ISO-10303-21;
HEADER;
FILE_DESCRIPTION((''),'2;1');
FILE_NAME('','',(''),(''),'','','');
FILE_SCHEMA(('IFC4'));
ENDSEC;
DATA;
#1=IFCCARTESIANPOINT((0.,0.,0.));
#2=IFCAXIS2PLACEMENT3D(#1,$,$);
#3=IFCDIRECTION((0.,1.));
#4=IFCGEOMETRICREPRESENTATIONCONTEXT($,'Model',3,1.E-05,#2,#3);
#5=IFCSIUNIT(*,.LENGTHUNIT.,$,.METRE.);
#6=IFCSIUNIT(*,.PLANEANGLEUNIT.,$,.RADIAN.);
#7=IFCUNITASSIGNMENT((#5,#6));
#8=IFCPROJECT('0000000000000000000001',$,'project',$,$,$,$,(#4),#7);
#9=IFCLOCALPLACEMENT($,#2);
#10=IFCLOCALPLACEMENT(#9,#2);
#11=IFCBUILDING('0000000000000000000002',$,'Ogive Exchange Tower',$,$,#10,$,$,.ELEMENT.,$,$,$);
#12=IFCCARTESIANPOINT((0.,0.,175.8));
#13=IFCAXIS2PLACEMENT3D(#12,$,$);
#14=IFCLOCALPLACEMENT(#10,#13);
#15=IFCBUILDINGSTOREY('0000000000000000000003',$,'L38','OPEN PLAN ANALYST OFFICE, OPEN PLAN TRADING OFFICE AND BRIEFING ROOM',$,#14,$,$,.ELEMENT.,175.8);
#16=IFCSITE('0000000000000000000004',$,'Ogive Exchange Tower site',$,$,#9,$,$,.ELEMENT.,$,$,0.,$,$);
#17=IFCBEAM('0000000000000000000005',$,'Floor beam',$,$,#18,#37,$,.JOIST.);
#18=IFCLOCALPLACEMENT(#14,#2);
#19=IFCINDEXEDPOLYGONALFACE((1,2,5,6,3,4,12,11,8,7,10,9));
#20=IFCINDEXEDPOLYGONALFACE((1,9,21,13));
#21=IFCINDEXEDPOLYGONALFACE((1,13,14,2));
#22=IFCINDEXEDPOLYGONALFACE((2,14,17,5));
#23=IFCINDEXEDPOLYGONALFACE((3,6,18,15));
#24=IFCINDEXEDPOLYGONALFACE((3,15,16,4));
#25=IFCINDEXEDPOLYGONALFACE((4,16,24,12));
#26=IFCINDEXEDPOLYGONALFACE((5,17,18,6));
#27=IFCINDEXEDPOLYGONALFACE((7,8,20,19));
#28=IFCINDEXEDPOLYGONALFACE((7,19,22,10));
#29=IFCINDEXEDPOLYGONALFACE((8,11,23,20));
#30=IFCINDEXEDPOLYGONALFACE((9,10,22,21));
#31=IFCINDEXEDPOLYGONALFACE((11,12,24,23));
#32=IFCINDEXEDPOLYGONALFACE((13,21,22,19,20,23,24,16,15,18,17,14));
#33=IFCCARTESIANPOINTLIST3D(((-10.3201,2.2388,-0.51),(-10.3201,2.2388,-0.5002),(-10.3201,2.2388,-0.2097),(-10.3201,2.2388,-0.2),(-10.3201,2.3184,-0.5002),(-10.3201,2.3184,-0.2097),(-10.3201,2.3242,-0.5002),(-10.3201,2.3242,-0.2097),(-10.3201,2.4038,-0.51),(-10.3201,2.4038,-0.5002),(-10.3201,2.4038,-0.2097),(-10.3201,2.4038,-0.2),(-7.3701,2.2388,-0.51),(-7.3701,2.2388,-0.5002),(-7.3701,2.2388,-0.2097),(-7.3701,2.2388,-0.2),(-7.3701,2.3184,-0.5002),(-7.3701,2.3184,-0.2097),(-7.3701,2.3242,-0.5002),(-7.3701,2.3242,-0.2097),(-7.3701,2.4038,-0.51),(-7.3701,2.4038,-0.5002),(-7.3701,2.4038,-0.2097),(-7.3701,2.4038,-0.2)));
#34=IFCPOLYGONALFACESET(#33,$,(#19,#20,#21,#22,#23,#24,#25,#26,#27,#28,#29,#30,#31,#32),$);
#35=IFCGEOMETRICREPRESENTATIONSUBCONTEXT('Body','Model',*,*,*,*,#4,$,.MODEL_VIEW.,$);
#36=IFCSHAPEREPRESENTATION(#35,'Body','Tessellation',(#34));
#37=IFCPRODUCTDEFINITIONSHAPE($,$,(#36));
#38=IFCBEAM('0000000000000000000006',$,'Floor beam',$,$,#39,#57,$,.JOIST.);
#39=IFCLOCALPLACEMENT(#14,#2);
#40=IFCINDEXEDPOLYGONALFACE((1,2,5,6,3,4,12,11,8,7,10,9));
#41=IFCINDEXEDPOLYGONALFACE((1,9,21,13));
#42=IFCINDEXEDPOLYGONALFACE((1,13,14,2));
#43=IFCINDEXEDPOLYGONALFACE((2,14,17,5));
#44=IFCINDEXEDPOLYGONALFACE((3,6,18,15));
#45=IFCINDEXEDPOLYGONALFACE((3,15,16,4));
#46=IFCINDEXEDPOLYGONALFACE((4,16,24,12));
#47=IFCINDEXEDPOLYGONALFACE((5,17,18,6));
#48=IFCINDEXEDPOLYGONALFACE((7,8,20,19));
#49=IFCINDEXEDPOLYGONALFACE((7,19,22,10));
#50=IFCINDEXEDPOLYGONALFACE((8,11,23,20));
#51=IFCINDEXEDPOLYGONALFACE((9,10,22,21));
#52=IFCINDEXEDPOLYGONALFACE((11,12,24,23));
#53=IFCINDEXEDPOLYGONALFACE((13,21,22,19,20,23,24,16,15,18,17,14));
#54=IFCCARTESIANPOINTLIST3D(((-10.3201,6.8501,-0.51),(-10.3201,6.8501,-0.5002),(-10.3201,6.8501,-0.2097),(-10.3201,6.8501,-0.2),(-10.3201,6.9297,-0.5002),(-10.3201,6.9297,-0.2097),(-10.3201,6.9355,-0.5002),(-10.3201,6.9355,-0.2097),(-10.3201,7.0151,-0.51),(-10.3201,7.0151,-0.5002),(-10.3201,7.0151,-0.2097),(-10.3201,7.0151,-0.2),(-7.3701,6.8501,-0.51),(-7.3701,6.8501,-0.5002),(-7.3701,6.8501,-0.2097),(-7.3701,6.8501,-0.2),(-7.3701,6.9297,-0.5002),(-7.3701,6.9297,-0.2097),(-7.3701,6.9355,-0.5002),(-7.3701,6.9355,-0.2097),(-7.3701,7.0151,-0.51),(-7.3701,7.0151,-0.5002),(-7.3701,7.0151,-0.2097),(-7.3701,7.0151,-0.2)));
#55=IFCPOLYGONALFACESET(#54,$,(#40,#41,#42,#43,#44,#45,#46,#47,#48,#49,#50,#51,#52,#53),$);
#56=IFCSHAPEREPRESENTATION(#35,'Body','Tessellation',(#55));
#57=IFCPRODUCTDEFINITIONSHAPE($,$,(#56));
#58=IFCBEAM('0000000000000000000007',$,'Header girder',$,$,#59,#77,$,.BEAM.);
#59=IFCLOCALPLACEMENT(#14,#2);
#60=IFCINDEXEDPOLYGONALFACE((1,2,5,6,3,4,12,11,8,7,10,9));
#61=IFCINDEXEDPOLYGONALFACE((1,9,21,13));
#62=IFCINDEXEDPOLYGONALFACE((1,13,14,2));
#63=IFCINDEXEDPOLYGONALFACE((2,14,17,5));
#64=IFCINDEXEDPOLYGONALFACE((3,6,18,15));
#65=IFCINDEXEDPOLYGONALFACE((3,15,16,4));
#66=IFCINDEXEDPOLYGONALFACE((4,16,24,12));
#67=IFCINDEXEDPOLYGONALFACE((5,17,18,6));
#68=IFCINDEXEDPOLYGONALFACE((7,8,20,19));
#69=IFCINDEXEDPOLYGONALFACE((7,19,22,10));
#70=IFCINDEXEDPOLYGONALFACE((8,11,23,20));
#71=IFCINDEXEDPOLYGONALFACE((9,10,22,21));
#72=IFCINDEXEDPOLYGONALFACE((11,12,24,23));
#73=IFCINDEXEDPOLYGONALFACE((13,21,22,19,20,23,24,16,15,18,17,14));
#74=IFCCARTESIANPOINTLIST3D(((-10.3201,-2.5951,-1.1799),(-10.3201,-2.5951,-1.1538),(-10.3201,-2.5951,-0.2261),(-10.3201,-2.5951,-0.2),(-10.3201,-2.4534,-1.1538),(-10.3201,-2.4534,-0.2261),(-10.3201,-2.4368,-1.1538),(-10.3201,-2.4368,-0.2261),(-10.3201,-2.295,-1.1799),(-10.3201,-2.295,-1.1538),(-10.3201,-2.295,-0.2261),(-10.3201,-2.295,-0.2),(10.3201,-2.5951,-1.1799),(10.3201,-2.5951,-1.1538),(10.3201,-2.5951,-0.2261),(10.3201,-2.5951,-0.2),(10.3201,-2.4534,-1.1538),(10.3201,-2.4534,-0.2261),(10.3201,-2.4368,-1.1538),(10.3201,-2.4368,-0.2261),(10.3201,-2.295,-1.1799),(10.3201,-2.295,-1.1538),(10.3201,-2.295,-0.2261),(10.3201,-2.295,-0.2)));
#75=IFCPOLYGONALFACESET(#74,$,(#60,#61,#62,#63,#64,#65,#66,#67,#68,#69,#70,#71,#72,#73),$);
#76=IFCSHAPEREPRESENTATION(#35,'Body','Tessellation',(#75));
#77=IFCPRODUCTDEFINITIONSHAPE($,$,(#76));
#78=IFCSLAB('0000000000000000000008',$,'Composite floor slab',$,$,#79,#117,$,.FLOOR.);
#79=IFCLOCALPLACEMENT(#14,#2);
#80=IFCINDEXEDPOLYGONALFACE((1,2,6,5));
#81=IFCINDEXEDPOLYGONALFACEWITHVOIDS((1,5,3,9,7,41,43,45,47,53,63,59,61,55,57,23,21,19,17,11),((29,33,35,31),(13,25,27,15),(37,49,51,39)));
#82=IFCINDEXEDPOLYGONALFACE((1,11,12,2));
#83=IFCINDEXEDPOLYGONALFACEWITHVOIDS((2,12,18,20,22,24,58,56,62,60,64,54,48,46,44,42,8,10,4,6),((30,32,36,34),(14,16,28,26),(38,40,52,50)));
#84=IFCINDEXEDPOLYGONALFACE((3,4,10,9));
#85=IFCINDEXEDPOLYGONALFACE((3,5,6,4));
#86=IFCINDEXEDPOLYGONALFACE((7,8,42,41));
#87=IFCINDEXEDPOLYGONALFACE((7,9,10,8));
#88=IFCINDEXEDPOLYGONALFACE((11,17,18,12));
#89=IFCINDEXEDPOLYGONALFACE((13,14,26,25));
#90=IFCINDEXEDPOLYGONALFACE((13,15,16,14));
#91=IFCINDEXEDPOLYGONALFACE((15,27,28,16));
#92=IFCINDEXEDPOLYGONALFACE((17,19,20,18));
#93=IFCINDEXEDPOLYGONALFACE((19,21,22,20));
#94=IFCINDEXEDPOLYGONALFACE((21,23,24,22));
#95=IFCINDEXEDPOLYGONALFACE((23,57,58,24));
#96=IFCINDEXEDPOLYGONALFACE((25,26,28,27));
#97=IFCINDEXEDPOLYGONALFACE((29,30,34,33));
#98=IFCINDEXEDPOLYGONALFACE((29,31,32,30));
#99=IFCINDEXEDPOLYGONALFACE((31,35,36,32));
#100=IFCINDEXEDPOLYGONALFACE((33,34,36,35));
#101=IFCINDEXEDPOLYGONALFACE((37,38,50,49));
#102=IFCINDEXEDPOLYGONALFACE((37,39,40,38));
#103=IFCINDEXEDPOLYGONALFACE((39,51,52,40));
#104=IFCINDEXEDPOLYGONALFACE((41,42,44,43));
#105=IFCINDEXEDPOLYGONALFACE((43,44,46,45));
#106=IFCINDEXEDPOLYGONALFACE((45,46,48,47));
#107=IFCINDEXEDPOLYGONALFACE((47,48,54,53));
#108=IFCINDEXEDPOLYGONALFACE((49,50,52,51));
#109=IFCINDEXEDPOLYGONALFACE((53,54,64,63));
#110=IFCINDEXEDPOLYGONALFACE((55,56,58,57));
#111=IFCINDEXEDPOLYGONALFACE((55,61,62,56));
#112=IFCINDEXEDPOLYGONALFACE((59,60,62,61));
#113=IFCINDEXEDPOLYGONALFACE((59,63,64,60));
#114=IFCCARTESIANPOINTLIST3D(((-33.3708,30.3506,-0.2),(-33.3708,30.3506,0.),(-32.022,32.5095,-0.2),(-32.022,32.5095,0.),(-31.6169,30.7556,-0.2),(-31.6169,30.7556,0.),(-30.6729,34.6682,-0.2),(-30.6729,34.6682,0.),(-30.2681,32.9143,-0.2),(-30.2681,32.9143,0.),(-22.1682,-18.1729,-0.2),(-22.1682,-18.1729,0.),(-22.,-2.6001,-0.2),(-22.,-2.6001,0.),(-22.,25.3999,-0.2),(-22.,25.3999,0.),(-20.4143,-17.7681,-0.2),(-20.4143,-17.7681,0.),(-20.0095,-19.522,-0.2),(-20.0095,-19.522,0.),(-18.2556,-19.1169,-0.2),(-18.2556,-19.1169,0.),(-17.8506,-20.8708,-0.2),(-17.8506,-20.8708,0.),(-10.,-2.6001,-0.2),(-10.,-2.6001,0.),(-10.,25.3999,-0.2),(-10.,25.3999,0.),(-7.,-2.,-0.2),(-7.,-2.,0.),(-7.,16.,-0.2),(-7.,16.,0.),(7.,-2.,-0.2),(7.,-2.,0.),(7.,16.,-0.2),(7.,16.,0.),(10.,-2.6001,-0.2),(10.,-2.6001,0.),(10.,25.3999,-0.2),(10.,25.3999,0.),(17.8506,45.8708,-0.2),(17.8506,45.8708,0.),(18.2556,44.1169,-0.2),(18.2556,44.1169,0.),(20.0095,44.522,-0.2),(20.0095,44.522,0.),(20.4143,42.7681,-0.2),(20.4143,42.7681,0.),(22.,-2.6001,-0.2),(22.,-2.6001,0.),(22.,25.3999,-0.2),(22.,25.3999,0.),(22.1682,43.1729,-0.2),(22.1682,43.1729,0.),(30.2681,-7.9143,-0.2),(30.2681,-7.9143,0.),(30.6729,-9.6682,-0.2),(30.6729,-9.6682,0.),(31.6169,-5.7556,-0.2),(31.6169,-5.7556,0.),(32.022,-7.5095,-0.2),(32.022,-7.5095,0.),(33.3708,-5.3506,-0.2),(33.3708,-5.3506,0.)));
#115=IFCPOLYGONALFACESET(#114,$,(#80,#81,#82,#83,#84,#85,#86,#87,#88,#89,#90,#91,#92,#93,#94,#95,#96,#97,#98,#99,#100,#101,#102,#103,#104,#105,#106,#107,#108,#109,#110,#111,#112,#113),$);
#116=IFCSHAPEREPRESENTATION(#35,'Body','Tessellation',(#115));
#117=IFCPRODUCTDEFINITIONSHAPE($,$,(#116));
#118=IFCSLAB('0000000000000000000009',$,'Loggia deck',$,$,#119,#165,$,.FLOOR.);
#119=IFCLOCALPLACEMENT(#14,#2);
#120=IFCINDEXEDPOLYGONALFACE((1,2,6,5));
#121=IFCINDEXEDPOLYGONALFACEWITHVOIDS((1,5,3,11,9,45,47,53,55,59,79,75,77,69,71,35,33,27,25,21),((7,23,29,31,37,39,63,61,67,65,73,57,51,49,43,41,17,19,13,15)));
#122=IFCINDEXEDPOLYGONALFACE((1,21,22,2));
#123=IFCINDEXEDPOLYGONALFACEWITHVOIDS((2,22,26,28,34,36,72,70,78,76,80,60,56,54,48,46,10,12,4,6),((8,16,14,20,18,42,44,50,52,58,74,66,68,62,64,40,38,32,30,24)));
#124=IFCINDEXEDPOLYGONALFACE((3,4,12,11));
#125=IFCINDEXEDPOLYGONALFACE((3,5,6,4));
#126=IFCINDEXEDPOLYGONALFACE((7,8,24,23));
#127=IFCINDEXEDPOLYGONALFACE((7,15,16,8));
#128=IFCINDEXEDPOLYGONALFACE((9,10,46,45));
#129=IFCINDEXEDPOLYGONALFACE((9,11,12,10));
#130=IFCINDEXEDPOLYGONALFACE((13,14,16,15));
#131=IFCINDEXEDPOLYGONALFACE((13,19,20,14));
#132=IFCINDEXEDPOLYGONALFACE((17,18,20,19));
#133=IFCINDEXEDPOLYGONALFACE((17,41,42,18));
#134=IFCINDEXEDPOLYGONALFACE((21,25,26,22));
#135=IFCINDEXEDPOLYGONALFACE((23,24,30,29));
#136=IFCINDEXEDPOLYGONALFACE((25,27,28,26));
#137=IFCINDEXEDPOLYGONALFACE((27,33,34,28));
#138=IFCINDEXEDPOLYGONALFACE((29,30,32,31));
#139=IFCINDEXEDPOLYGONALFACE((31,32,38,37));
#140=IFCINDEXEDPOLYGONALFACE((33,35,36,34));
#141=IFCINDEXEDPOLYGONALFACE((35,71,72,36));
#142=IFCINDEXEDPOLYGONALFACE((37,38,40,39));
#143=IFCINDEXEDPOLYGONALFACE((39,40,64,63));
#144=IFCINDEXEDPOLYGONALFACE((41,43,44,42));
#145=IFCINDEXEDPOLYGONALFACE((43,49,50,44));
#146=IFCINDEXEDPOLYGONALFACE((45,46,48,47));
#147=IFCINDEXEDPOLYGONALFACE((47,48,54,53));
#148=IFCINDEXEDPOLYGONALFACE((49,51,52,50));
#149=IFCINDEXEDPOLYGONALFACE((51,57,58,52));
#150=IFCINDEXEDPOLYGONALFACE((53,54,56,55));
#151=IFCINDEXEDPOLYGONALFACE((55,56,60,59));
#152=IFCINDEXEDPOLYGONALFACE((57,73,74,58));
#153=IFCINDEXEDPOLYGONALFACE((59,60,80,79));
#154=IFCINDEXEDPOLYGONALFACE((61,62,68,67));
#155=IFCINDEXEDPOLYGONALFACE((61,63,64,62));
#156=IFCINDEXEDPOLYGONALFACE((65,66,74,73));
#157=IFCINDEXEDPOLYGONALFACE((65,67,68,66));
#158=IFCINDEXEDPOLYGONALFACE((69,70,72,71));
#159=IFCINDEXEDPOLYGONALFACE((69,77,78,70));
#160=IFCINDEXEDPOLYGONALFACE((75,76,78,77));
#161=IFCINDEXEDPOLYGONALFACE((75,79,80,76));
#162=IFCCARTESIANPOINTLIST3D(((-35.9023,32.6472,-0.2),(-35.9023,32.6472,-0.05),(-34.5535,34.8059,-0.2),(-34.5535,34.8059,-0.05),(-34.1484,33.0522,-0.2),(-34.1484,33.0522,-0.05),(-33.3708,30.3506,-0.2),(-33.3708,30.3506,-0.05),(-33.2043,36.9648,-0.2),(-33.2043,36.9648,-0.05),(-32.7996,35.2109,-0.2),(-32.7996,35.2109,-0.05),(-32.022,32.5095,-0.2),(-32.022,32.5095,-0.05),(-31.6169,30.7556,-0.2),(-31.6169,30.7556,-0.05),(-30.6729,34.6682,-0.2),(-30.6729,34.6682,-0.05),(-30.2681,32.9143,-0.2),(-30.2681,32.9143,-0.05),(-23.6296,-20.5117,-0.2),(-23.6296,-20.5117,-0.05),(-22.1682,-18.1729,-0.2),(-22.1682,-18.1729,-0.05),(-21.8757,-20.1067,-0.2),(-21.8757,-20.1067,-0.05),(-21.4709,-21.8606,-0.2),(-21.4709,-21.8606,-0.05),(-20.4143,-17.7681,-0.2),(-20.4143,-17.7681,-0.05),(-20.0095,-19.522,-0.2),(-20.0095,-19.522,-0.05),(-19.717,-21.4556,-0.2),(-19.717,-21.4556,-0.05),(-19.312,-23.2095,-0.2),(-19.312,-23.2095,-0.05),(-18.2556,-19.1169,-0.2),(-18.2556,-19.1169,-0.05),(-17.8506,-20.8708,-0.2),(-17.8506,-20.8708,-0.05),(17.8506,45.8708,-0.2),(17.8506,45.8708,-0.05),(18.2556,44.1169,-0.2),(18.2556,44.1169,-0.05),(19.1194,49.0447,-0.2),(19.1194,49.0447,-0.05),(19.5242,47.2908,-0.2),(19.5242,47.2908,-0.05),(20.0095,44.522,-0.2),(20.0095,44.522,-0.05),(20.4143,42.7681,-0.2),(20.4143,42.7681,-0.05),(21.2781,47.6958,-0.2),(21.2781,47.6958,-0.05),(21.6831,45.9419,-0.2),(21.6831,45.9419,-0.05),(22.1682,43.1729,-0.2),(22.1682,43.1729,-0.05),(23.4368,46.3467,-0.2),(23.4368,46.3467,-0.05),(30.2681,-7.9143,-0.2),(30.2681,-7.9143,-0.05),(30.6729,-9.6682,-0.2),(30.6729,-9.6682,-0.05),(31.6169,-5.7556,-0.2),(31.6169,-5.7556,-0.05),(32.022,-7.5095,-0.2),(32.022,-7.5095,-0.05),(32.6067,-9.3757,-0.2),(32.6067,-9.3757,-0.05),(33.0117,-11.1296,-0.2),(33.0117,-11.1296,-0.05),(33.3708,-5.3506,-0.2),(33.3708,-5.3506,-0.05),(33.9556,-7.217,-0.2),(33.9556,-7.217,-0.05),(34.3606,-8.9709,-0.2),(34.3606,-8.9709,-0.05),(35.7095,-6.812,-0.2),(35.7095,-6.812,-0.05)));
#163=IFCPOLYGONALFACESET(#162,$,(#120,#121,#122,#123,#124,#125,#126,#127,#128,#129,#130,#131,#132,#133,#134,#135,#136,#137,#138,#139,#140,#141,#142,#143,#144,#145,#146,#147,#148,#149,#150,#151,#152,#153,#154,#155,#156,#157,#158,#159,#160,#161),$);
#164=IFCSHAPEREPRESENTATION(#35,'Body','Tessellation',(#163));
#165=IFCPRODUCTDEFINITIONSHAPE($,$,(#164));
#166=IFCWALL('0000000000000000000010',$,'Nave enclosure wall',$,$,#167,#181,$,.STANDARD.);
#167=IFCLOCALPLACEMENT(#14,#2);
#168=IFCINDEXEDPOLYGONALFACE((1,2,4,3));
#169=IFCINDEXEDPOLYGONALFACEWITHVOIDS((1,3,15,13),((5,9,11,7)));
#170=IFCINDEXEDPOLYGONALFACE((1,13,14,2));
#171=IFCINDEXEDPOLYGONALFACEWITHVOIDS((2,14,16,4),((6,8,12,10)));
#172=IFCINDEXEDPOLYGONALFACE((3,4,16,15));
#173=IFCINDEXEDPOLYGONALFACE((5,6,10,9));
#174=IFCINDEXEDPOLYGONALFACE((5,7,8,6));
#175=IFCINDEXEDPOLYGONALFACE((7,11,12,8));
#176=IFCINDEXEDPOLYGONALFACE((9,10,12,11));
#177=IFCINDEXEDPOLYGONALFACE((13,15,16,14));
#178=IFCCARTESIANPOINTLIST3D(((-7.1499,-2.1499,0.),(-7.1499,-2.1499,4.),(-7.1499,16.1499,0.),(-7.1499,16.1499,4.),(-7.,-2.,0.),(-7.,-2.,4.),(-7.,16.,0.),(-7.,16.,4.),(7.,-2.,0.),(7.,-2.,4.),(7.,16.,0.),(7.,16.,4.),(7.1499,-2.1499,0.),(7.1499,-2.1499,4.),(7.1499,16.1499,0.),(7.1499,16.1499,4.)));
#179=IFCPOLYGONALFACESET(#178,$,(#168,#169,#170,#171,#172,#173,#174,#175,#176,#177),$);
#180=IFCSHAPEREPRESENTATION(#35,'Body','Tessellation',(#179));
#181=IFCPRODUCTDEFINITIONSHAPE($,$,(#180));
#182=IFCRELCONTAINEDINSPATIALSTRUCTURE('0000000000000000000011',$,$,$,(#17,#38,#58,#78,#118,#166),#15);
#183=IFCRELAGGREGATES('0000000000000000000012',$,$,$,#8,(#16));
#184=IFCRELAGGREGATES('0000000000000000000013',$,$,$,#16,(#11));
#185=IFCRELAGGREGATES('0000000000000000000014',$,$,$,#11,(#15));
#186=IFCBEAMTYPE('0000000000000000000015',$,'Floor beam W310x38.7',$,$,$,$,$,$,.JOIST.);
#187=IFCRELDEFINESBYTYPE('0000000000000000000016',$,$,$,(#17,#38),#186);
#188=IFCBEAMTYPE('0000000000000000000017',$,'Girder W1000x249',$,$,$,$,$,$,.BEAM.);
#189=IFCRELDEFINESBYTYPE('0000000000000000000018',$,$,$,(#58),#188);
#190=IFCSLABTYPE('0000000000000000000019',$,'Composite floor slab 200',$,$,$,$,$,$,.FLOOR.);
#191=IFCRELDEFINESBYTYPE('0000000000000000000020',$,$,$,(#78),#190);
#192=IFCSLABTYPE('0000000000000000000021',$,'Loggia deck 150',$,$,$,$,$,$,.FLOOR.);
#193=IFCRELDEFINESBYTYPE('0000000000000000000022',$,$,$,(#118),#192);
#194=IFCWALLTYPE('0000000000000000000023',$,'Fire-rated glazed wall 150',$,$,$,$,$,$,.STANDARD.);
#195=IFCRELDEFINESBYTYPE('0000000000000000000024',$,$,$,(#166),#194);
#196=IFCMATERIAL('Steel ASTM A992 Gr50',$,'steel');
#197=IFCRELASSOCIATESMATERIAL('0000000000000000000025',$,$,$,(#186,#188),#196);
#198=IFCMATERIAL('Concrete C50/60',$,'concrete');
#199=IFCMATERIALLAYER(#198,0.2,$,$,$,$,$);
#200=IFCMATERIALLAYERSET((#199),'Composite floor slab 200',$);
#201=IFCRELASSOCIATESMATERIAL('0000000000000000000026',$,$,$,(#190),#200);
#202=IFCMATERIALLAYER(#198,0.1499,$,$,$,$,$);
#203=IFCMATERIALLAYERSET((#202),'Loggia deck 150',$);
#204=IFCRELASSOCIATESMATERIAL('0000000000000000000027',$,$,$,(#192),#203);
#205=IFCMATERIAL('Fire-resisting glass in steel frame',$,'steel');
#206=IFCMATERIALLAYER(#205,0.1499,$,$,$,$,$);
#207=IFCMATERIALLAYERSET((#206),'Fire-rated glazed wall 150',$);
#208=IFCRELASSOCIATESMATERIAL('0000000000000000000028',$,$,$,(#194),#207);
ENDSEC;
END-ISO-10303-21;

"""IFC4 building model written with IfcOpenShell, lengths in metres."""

from ifc_helpers import new_model, si_unit, direction, frame, origin, origin_2d, place, context, subcontext, project, spatial, polyline, i_section, outline, extrude, material, layer, layer_set, material_profile, profile_set, type_object, element, save


model = new_model("IFC4")

# Units and contexts
model_context = context("Model", 3, precision=1e-05, world=origin(), true_north=direction((0.0, 1.0)))
body_context = subcontext(model_context, "Body", "Model", "MODEL_VIEW")
ifc_project = project(units=[si_unit("LENGTHUNIT", "METRE"), si_unit("PLANEANGLEUNIT", "RADIAN")], contexts=[model_context])

# Site, building, storey
site_placement = place(None, origin())
site = spatial("IfcSite", under=ifc_project, at=site_placement, Name="Ogive Exchange Tower site", CompositionType="ELEMENT", RefElevation=0.0)
building_placement = place(site_placement, origin())
building = spatial("IfcBuilding", under=site, at=building_placement, Name="Ogive Exchange Tower", CompositionType="ELEMENT")
storey_placement = place(building_placement, frame((0.0, 0.0, 175.8)))
storey = spatial("IfcBuildingStorey", under=building, at=storey_placement, Name="L38", Description="OPEN PLAN ANALYST OFFICE, OPEN PLAN TRADING OFFICE AND BRIEFING ROOM", CompositionType="ELEMENT", Elevation=175.8)

# Beams
ifc_material_1 = material(Name="Steel ASTM A992 Gr50", Category="steel")
ifc_material_profile_1 = material_profile(ifc_material_1, i_section(OverallWidth=0.165, OverallDepth=0.3101, WebThickness=0.0059, FlangeThickness=0.0098, at=origin_2d()), Name="W310x38.7")
ifc_profile_set_1 = profile_set([ifc_material_profile_1], Name="Steel ASTM A992 Gr50")
beam_type_1 = type_object("IfcBeamType", Name="Floor beam W310x38.7", PredefinedType="JOIST", material=ifc_profile_set_1)
for number, where, z_axis, x_axis, name in (
    (1, (-10.3201, 2.3213, -0.355), (1.0, 0.0, 0.0), (0.0, 1.0, 0.0), "Floor beam"),
    (2, (-10.3201, 6.9326, -0.355), (1.0, 0.0, 0.0), (0.0, 1.0, 0.0), "Floor beam"),
):
    element("IfcBeam", number, at=place(storey_placement, frame(where, z_axis=z_axis, x_axis=x_axis)), inside=storey, type_object=beam_type_1, Name=name, PredefinedType="JOIST", context=body_context, shape_type="SweptSolid", body=[
        extrude(i_section(OverallWidth=0.165, OverallDepth=0.3101, WebThickness=0.0059, FlangeThickness=0.0098, at=origin_2d()), origin(), (0.0, 0.0, 1.0), 2.95),
    ])
ifc_material_profile_2 = material_profile(ifc_material_1, i_section(OverallWidth=0.3, OverallDepth=0.98, WebThickness=0.0166, FlangeThickness=0.0261, at=origin_2d()), Name="W1000x249")
ifc_profile_set_2 = profile_set([ifc_material_profile_2], Name="Steel ASTM A992 Gr50")
beam_type_2 = type_object("IfcBeamType", Name="Girder W1000x249", PredefinedType="BEAM", material=ifc_profile_set_2)
beam_placement = place(storey_placement, frame((-10.3201, -2.4451, -0.6899), z_axis=(1.0, 0.0, 0.0), x_axis=(0.0, 1.0, 0.0)))
element("IfcBeam", 3, at=beam_placement, inside=storey, type_object=beam_type_2, Name="Header girder", PredefinedType="BEAM", context=body_context, shape_type="SweptSolid", body=[
    extrude(i_section(OverallWidth=0.3, OverallDepth=0.98, WebThickness=0.0166, FlangeThickness=0.0261, at=origin_2d()), origin(), (0.0, 0.0, 1.0), 20.6401),
])

# Slabs
ifc_material_2 = material(Name="Concrete C50/60", Category="concrete")
ifc_layer_1 = layer(ifc_material_2, 0.2)
ifc_layer_set_1 = layer_set([ifc_layer_1], Name="Composite floor slab 200")
slab_type_1 = type_object("IfcSlabType", Name="Composite floor slab 200", PredefinedType="FLOOR", material=ifc_layer_set_1)
slab_1_placement = place(storey_placement, frame((0.0, 0.0, -0.2)))
element("IfcSlab", 4, at=slab_1_placement, inside=storey, type_object=slab_type_1, Name="Composite floor slab", PredefinedType="FLOOR", context=body_context, shape_type="SweptSolid", body=[
    extrude(outline(polyline([(-18.2556, -19.1169), (-20.0095, -19.522), (-20.4143, -17.7681), (-22.1682, -18.1729), (-33.3708, 30.3506), (-31.6169, 30.7556), (-32.022, 32.5095), (-30.2681, 32.9143), (-30.6729, 34.6682), (17.8506, 45.8708), (18.2556, 44.1169), (20.0095, 44.522), (20.4143, 42.7681), (22.1682, 43.1729), (33.3708, -5.3506), (31.6169, -5.7556), (32.022, -7.5095), (30.2681, -7.9143), (30.6729, -9.6682), (-17.8506, -20.8708), (-18.2556, -19.1169)]), holes=[polyline([(7.0, -2.0), (7.0, 16.0), (-7.0, 16.0), (-7.0, -2.0), (7.0, -2.0)]), polyline([(-22.0, -2.6001), (-10.0, -2.6001), (-10.0, 25.3999), (-22.0, 25.3999), (-22.0, -2.6001)]), polyline([(10.0, -2.6001), (22.0, -2.6001), (22.0, 25.3999), (10.0, 25.3999), (10.0, -2.6001)])]), origin(), (0.0, 0.0, 1.0), 0.2),
])
ifc_layer_2 = layer(ifc_material_2, 0.1499)
ifc_layer_set_2 = layer_set([ifc_layer_2], Name="Loggia deck 150")
slab_type_2 = type_object("IfcSlabType", Name="Loggia deck 150", PredefinedType="FLOOR", material=ifc_layer_set_2)
slab_2_placement = place(storey_placement, frame((0.0, 0.0, -0.2)))
element("IfcSlab", 5, at=slab_2_placement, inside=storey, type_object=slab_type_2, Name="Loggia deck", PredefinedType="FLOOR", context=body_context, shape_type="SweptSolid", body=[
    extrude(outline(polyline([(-19.717, -21.4556), (-21.4709, -21.8606), (-21.8757, -20.1067), (-23.6296, -20.5117), (-35.9023, 32.6472), (-34.1484, 33.0522), (-34.5535, 34.8059), (-32.7996, 35.2109), (-33.2043, 36.9648), (19.1194, 49.0447), (19.5242, 47.2908), (21.2781, 47.6958), (21.6831, 45.9419), (23.4368, 46.3467), (35.7095, -6.812), (33.9556, -7.217), (34.3606, -8.9709), (32.6067, -9.3757), (33.0117, -11.1296), (-19.312, -23.2095), (-19.717, -21.4556)]), holes=[polyline([(30.2681, -7.9143), (32.022, -7.5095), (31.6169, -5.7556), (33.3708, -5.3506), (22.1682, 43.1729), (20.4143, 42.7681), (20.0095, 44.522), (18.2556, 44.1169), (17.8506, 45.8708), (-30.6729, 34.6682), (-30.2681, 32.9143), (-32.022, 32.5095), (-31.6169, 30.7556), (-33.3708, 30.3506), (-22.1682, -18.1729), (-20.4143, -17.7681), (-20.0095, -19.522), (-18.2556, -19.1169), (-17.8506, -20.8708), (30.6729, -9.6682), (30.2681, -7.9143)])]), origin(), (0.0, 0.0, 1.0), 0.1499),
])

# Wall
ifc_material_3 = material(Name="Fire-resisting glass in steel frame", Category="steel")
ifc_layer_3 = layer(ifc_material_3, 0.1499)
ifc_layer_set_3 = layer_set([ifc_layer_3], Name="Fire-rated glazed wall 150")
wall_type_1 = type_object("IfcWallType", Name="Fire-rated glazed wall 150", PredefinedType="STANDARD", material=ifc_layer_set_3)
wall_1_placement = place(storey_placement, origin())
element("IfcWall", 6, at=wall_1_placement, inside=storey, type_object=wall_type_1, Name="Nave enclosure wall", PredefinedType="STANDARD", context=body_context, shape_type="SweptSolid", body=[
    extrude(outline(polyline([(-7.1499, -2.1499), (7.1499, -2.1499), (7.1499, 16.1499), (-7.1499, 16.1499), (-7.1499, -2.1499)]), holes=[polyline([(-7.0, -2.0), (-7.0, 16.0), (7.0, 16.0), (7.0, -2.0), (-7.0, -2.0)])]), origin(), (0.0, 0.0, 1.0), 4.0),
])

save(model, "model.ifc")
